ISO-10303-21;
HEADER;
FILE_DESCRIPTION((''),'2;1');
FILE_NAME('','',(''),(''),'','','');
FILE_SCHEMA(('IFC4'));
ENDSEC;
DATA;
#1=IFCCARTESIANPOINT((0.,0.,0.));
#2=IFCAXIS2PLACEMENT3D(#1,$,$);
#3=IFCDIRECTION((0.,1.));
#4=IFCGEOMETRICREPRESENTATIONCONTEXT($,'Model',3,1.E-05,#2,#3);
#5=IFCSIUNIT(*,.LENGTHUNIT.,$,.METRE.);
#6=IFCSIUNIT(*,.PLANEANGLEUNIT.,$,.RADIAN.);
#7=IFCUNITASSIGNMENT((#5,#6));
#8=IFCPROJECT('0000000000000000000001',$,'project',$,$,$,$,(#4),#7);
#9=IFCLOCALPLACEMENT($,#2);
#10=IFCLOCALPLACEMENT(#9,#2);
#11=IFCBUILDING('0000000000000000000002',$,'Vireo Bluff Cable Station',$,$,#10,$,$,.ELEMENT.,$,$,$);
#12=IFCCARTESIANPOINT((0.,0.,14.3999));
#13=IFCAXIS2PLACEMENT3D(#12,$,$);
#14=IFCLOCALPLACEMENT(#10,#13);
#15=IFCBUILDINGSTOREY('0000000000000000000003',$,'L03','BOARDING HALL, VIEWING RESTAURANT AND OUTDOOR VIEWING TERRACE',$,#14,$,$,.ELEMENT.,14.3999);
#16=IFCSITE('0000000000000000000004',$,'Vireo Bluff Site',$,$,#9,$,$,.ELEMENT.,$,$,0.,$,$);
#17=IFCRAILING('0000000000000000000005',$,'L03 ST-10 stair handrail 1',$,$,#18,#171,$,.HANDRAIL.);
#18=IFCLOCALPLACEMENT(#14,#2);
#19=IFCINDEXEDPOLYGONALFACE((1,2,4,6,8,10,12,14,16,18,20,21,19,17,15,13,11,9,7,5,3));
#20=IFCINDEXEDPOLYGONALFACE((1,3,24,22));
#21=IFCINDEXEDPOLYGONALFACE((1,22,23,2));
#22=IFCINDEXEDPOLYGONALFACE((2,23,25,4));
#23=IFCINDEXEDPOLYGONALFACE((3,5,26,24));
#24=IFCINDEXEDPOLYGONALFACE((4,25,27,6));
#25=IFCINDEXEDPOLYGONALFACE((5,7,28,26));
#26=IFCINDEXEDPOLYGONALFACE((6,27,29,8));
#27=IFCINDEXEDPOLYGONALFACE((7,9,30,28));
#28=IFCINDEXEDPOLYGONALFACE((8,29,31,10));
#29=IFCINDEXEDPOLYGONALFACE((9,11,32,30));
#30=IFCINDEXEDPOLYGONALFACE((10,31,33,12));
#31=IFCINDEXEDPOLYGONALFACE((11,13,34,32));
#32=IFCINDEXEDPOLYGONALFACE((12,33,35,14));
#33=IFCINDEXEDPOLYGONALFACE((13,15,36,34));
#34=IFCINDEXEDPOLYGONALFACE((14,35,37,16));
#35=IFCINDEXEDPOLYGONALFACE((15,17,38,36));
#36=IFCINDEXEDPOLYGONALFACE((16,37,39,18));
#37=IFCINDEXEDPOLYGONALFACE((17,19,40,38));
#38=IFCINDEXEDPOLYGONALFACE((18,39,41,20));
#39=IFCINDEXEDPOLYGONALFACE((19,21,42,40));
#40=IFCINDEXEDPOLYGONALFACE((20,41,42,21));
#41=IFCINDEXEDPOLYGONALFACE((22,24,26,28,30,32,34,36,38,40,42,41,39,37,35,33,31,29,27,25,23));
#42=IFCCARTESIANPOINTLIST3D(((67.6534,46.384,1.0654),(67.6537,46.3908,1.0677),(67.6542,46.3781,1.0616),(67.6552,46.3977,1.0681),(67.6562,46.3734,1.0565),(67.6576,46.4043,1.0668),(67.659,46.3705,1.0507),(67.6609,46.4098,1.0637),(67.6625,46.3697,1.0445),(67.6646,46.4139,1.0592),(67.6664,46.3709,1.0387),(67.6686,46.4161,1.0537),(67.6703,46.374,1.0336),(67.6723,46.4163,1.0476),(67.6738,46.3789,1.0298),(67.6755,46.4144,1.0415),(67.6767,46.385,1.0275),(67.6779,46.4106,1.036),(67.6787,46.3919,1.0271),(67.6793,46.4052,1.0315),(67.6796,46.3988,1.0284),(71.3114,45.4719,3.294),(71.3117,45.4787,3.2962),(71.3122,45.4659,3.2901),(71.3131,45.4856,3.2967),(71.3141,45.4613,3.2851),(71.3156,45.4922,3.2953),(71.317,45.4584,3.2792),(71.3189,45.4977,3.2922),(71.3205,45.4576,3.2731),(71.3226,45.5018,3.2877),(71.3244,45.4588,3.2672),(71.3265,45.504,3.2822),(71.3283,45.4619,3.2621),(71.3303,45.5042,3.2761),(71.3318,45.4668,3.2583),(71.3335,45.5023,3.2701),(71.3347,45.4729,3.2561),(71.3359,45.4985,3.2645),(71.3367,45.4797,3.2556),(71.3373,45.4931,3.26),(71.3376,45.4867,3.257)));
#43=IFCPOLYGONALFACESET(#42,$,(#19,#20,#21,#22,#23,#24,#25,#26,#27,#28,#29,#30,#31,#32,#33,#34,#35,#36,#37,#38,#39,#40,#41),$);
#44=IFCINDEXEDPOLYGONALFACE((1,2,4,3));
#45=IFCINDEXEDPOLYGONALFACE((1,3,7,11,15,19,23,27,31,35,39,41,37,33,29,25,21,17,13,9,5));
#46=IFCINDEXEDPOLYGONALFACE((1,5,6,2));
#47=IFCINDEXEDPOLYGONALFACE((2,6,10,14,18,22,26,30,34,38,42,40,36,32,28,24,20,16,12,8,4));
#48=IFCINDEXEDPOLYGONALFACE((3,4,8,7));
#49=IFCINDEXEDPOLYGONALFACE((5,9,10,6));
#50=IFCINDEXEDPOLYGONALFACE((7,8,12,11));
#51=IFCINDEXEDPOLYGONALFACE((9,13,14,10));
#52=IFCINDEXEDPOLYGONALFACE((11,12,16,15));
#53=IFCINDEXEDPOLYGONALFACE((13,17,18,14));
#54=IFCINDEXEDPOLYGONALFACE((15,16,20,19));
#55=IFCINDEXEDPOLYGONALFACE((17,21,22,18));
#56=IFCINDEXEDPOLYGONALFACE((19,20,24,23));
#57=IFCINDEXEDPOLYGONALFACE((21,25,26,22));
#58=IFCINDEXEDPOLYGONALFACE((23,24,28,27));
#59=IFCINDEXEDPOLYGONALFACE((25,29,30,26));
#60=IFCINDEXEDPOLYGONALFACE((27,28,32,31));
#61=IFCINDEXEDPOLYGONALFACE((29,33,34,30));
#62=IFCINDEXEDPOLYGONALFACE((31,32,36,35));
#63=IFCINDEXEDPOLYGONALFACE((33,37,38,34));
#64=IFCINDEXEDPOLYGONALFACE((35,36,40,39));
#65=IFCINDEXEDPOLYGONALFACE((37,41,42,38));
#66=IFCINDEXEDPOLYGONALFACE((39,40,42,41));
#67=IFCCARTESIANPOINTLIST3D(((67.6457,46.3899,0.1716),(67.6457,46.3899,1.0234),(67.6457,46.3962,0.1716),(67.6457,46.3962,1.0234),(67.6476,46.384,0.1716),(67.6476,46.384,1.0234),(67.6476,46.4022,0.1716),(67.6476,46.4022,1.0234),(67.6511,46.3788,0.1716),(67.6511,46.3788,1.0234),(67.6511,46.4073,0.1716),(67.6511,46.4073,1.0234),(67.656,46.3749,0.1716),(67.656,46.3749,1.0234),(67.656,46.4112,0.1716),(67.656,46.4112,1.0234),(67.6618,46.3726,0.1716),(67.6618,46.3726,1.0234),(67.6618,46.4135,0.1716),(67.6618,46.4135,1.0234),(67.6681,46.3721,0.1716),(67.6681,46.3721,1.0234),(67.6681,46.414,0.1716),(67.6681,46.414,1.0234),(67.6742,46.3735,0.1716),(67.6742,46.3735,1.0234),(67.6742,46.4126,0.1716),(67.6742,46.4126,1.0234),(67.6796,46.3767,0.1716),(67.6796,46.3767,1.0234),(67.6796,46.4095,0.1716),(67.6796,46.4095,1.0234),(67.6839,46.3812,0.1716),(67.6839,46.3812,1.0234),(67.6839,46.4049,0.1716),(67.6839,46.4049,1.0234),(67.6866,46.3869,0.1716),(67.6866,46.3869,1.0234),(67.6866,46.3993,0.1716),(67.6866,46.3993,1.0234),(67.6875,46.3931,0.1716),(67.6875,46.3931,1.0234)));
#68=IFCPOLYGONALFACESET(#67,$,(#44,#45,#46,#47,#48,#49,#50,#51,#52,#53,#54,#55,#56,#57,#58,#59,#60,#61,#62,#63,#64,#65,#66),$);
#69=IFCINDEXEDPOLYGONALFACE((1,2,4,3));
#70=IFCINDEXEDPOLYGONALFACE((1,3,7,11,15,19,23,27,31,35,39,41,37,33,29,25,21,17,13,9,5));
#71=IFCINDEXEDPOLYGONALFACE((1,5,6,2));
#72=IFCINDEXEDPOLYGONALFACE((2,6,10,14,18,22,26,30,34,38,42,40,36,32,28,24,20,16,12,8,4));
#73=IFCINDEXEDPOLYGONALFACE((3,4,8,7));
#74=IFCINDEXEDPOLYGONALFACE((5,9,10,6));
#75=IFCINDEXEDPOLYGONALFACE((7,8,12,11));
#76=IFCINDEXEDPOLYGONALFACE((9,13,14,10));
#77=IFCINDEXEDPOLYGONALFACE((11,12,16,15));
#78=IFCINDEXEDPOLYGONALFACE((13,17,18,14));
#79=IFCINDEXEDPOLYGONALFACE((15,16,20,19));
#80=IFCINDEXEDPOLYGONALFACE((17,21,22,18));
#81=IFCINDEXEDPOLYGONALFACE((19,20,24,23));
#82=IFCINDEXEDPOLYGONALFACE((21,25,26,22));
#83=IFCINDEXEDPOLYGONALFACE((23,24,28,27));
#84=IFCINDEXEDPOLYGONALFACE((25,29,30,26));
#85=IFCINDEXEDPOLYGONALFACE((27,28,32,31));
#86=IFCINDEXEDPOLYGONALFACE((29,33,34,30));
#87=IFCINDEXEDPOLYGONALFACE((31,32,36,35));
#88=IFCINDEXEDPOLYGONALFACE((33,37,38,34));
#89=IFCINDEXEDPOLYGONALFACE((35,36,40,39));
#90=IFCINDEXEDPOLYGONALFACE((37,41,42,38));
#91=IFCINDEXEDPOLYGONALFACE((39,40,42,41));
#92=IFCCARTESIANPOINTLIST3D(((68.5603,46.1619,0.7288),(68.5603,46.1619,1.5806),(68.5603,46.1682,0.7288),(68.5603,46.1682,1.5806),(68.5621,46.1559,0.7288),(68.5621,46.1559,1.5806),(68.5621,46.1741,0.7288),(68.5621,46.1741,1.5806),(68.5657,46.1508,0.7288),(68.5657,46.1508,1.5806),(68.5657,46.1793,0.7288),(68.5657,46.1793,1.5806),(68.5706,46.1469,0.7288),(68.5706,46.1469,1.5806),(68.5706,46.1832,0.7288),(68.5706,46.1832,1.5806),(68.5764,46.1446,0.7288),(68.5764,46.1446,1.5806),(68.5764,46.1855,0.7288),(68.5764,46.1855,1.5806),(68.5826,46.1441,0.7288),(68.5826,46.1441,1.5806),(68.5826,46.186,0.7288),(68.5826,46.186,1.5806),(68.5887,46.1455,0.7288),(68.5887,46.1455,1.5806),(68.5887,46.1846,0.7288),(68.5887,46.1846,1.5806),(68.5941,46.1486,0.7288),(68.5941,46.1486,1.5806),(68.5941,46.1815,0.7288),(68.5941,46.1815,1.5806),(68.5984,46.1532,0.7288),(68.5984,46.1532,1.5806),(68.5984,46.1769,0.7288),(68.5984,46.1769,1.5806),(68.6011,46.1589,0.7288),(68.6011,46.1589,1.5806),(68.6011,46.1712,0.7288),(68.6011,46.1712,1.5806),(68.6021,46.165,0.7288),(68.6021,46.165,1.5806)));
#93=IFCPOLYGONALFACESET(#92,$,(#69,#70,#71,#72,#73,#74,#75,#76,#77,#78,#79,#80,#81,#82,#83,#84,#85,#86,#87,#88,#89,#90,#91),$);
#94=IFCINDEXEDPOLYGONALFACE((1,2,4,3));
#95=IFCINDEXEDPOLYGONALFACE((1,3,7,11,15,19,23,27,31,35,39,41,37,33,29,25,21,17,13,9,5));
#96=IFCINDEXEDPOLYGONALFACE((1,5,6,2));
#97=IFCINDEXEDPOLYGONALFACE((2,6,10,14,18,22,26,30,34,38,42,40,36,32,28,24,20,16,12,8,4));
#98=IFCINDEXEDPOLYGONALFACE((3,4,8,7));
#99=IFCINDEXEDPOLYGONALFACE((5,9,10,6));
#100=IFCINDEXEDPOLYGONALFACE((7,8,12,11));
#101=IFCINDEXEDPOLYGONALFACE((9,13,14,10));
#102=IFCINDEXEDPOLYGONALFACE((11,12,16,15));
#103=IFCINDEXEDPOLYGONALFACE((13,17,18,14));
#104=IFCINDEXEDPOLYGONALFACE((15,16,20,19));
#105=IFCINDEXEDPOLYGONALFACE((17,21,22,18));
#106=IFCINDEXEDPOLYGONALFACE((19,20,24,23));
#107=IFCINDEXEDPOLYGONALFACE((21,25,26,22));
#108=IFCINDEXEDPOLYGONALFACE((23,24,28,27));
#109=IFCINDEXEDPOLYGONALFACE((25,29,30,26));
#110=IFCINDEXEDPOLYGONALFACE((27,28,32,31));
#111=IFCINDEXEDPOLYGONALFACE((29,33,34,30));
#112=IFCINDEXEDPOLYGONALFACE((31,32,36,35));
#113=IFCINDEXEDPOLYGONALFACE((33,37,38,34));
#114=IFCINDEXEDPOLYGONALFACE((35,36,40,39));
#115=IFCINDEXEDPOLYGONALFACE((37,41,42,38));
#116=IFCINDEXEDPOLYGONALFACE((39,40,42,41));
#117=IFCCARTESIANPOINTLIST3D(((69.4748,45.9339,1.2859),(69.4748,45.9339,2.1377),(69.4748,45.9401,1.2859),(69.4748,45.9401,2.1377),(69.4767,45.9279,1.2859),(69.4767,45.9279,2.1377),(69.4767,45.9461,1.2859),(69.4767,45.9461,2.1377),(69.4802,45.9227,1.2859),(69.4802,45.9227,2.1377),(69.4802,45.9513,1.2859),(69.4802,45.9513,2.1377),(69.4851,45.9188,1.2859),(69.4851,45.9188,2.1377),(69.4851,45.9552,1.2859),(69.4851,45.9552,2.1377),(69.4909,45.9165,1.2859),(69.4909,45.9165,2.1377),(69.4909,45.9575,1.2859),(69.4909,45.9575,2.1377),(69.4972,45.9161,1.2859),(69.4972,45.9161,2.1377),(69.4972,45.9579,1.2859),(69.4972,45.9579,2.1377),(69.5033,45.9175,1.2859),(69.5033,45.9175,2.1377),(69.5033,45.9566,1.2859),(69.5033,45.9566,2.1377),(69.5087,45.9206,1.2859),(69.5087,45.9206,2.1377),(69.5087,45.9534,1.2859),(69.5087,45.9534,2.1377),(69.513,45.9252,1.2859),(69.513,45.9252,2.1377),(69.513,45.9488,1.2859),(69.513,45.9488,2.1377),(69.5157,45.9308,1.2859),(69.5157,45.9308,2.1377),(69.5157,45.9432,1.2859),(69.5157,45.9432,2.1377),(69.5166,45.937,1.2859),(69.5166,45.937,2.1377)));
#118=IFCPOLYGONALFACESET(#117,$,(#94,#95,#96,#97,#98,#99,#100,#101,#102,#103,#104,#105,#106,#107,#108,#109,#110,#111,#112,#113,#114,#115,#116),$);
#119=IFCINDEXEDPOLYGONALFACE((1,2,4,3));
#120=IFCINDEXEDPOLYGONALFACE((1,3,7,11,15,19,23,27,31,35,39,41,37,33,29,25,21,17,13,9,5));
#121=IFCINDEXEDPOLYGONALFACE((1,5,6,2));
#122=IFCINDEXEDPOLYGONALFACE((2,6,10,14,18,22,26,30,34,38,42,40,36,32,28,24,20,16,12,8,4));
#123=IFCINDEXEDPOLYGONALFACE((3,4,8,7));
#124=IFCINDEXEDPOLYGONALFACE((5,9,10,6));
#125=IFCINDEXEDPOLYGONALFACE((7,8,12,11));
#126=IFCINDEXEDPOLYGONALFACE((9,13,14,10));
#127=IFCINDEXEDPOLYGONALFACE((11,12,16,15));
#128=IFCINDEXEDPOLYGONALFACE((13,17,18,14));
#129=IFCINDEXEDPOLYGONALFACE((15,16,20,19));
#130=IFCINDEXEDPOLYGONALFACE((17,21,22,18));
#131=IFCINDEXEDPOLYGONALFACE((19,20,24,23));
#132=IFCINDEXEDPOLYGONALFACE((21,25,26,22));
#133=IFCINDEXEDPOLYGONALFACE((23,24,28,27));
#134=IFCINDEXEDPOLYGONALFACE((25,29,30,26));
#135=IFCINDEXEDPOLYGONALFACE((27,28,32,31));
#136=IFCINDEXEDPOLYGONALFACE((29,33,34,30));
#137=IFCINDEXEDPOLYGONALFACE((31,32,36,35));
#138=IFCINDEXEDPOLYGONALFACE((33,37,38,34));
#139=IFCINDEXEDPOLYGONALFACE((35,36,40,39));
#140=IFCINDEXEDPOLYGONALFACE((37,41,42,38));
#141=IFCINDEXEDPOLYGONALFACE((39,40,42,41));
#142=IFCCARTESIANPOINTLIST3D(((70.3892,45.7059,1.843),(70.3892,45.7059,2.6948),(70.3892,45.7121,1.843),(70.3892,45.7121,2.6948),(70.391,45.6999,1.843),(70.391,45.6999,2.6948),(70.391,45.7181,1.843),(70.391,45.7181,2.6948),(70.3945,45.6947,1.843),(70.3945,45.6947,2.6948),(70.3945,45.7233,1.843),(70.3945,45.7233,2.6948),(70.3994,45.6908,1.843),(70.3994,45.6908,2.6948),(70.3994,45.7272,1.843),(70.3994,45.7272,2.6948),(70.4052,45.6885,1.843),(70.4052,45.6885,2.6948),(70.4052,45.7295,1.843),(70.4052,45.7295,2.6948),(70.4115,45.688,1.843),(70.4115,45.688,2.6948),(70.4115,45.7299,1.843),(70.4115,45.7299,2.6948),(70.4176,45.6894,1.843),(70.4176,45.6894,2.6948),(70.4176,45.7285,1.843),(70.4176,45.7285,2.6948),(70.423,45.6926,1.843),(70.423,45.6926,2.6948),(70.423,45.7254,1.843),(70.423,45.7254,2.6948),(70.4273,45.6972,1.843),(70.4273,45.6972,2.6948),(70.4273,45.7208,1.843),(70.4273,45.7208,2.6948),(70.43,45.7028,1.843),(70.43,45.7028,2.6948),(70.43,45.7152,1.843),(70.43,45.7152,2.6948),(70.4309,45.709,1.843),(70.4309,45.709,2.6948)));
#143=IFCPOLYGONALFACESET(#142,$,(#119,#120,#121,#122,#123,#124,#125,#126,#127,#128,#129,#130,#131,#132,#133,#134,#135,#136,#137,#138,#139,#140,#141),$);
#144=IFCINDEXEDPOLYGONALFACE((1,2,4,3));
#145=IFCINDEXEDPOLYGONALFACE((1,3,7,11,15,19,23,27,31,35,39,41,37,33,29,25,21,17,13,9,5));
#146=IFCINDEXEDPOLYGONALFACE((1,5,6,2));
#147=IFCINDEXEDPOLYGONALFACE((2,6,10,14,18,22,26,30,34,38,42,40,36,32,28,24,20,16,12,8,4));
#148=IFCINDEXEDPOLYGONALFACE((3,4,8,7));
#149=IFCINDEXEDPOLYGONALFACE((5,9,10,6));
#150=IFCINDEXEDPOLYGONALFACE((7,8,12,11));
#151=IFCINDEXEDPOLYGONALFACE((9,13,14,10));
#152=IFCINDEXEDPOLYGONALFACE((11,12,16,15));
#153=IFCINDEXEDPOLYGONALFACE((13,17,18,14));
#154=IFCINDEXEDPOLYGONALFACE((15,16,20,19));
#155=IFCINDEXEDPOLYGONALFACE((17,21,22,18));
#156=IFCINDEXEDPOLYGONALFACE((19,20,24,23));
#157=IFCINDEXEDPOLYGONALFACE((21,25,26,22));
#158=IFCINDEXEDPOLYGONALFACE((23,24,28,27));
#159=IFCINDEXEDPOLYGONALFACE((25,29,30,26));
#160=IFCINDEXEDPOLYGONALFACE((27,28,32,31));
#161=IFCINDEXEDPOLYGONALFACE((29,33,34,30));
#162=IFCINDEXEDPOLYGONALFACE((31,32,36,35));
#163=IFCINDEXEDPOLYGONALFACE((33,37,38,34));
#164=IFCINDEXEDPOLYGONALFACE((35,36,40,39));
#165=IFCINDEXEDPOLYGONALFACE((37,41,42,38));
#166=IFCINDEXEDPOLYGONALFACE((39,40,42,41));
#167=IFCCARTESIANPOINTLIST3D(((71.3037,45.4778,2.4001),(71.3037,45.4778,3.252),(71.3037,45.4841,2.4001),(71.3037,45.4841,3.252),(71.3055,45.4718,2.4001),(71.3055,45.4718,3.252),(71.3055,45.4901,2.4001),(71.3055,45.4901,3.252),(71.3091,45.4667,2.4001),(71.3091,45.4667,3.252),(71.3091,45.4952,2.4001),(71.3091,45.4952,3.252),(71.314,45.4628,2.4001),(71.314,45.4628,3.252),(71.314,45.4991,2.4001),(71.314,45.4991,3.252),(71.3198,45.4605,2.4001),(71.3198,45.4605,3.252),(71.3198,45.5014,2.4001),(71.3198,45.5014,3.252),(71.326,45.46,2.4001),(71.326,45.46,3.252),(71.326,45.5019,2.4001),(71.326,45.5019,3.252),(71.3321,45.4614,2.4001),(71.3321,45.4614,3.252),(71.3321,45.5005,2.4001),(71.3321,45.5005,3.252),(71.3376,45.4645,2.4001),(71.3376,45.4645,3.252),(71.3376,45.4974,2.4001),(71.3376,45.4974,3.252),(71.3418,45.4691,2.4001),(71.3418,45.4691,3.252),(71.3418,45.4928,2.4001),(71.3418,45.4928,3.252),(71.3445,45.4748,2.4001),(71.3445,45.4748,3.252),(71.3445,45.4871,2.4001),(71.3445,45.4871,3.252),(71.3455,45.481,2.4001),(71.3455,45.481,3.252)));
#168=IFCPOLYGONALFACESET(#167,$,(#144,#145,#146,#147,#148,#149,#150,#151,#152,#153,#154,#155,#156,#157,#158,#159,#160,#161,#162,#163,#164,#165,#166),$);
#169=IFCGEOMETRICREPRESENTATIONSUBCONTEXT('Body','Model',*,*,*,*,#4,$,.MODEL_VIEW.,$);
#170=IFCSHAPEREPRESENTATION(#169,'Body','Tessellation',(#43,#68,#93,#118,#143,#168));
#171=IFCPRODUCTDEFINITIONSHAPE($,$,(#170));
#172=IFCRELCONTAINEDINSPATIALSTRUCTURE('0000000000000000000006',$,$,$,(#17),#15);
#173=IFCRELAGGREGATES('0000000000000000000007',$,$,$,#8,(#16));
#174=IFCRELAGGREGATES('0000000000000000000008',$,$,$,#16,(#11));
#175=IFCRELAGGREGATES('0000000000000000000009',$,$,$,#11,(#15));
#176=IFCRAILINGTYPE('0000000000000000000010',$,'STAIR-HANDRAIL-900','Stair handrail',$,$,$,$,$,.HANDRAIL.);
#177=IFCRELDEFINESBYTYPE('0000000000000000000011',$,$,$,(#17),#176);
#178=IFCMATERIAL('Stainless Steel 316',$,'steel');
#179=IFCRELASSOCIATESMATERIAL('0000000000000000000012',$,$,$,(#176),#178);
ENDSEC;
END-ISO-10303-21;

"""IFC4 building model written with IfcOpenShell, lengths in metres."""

from ifc_helpers import new_model, si_unit, direction, frame, origin, origin_2d, place, context, subcontext, project, spatial, circle, extrude, material, type_object, element, save


model = new_model("IFC4")

# Units and contexts
model_context = context("Model", 3, precision=1e-05, world=origin(), true_north=direction((0.0, 1.0)))
body_context = subcontext(model_context, "Body", "Model", "MODEL_VIEW")
ifc_project = project(units=[si_unit("LENGTHUNIT", "METRE"), si_unit("PLANEANGLEUNIT", "RADIAN")], contexts=[model_context])

# Site, building, storey
site_placement = place(None, origin())
site = spatial("IfcSite", under=ifc_project, at=site_placement, Name="Vireo Bluff Site", CompositionType="ELEMENT", RefElevation=0.0)
building_placement = place(site_placement, origin())
building = spatial("IfcBuilding", under=site, at=building_placement, Name="Vireo Bluff Cable Station", CompositionType="ELEMENT")
storey_placement = place(building_placement, frame((0.0, 0.0, 14.3999)))
storey = spatial("IfcBuildingStorey", under=building, at=storey_placement, Name="L03", Description="BOARDING HALL, VIEWING RESTAURANT AND OUTDOOR VIEWING TERRACE", CompositionType="ELEMENT", Elevation=14.3999)

# Railing
ifc_material_1 = material(Name="Stainless Steel 316", Category="steel")
railing_type_1 = type_object("IfcRailingType", Name="STAIR-HANDRAIL-900", Description="Stair handrail", PredefinedType="HANDRAIL", material=ifc_material_1)
railing_1_placement = place(storey_placement, frame((67.6665, 46.3931, 0.1716)))
element("IfcRailing", 1, at=railing_1_placement, inside=storey, type_object=railing_type_1, Name="L03 ST-10 stair handrail 1", PredefinedType="HANDRAIL", context=body_context, shape_type="SweptSolid", body=[
    extrude(circle(Radius=0.0239, at=origin_2d()), frame((0.0, 0.0, 0.876), z_axis=(0.83527, -0.208274, 0.508867), x_axis=(0.241941, 0.970291, 0.0)), (0.0, 0.0, 1.0), 4.3794),
    extrude(circle(Radius=0.021, at=origin_2d()), origin(), (0.0, 0.0, 1.0), 0.8518),
    extrude(circle(Radius=0.021, at=origin_2d()), frame((0.9146, -0.228, 0.5571)), (0.0, 0.0, 1.0), 0.8518),
    extrude(circle(Radius=0.021, at=origin_2d()), frame((1.8291, -0.4561, 1.1143)), (0.0, 0.0, 1.0), 0.8518),
    extrude(circle(Radius=0.021, at=origin_2d()), frame((2.7434, -0.6841, 1.6714)), (0.0, 0.0, 1.0), 0.8518),
    extrude(circle(Radius=0.021, at=origin_2d()), frame((3.658, -0.9121, 2.2285)), (0.0, 0.0, 1.0), 0.8518),
])

save(model, "model.ifc")
